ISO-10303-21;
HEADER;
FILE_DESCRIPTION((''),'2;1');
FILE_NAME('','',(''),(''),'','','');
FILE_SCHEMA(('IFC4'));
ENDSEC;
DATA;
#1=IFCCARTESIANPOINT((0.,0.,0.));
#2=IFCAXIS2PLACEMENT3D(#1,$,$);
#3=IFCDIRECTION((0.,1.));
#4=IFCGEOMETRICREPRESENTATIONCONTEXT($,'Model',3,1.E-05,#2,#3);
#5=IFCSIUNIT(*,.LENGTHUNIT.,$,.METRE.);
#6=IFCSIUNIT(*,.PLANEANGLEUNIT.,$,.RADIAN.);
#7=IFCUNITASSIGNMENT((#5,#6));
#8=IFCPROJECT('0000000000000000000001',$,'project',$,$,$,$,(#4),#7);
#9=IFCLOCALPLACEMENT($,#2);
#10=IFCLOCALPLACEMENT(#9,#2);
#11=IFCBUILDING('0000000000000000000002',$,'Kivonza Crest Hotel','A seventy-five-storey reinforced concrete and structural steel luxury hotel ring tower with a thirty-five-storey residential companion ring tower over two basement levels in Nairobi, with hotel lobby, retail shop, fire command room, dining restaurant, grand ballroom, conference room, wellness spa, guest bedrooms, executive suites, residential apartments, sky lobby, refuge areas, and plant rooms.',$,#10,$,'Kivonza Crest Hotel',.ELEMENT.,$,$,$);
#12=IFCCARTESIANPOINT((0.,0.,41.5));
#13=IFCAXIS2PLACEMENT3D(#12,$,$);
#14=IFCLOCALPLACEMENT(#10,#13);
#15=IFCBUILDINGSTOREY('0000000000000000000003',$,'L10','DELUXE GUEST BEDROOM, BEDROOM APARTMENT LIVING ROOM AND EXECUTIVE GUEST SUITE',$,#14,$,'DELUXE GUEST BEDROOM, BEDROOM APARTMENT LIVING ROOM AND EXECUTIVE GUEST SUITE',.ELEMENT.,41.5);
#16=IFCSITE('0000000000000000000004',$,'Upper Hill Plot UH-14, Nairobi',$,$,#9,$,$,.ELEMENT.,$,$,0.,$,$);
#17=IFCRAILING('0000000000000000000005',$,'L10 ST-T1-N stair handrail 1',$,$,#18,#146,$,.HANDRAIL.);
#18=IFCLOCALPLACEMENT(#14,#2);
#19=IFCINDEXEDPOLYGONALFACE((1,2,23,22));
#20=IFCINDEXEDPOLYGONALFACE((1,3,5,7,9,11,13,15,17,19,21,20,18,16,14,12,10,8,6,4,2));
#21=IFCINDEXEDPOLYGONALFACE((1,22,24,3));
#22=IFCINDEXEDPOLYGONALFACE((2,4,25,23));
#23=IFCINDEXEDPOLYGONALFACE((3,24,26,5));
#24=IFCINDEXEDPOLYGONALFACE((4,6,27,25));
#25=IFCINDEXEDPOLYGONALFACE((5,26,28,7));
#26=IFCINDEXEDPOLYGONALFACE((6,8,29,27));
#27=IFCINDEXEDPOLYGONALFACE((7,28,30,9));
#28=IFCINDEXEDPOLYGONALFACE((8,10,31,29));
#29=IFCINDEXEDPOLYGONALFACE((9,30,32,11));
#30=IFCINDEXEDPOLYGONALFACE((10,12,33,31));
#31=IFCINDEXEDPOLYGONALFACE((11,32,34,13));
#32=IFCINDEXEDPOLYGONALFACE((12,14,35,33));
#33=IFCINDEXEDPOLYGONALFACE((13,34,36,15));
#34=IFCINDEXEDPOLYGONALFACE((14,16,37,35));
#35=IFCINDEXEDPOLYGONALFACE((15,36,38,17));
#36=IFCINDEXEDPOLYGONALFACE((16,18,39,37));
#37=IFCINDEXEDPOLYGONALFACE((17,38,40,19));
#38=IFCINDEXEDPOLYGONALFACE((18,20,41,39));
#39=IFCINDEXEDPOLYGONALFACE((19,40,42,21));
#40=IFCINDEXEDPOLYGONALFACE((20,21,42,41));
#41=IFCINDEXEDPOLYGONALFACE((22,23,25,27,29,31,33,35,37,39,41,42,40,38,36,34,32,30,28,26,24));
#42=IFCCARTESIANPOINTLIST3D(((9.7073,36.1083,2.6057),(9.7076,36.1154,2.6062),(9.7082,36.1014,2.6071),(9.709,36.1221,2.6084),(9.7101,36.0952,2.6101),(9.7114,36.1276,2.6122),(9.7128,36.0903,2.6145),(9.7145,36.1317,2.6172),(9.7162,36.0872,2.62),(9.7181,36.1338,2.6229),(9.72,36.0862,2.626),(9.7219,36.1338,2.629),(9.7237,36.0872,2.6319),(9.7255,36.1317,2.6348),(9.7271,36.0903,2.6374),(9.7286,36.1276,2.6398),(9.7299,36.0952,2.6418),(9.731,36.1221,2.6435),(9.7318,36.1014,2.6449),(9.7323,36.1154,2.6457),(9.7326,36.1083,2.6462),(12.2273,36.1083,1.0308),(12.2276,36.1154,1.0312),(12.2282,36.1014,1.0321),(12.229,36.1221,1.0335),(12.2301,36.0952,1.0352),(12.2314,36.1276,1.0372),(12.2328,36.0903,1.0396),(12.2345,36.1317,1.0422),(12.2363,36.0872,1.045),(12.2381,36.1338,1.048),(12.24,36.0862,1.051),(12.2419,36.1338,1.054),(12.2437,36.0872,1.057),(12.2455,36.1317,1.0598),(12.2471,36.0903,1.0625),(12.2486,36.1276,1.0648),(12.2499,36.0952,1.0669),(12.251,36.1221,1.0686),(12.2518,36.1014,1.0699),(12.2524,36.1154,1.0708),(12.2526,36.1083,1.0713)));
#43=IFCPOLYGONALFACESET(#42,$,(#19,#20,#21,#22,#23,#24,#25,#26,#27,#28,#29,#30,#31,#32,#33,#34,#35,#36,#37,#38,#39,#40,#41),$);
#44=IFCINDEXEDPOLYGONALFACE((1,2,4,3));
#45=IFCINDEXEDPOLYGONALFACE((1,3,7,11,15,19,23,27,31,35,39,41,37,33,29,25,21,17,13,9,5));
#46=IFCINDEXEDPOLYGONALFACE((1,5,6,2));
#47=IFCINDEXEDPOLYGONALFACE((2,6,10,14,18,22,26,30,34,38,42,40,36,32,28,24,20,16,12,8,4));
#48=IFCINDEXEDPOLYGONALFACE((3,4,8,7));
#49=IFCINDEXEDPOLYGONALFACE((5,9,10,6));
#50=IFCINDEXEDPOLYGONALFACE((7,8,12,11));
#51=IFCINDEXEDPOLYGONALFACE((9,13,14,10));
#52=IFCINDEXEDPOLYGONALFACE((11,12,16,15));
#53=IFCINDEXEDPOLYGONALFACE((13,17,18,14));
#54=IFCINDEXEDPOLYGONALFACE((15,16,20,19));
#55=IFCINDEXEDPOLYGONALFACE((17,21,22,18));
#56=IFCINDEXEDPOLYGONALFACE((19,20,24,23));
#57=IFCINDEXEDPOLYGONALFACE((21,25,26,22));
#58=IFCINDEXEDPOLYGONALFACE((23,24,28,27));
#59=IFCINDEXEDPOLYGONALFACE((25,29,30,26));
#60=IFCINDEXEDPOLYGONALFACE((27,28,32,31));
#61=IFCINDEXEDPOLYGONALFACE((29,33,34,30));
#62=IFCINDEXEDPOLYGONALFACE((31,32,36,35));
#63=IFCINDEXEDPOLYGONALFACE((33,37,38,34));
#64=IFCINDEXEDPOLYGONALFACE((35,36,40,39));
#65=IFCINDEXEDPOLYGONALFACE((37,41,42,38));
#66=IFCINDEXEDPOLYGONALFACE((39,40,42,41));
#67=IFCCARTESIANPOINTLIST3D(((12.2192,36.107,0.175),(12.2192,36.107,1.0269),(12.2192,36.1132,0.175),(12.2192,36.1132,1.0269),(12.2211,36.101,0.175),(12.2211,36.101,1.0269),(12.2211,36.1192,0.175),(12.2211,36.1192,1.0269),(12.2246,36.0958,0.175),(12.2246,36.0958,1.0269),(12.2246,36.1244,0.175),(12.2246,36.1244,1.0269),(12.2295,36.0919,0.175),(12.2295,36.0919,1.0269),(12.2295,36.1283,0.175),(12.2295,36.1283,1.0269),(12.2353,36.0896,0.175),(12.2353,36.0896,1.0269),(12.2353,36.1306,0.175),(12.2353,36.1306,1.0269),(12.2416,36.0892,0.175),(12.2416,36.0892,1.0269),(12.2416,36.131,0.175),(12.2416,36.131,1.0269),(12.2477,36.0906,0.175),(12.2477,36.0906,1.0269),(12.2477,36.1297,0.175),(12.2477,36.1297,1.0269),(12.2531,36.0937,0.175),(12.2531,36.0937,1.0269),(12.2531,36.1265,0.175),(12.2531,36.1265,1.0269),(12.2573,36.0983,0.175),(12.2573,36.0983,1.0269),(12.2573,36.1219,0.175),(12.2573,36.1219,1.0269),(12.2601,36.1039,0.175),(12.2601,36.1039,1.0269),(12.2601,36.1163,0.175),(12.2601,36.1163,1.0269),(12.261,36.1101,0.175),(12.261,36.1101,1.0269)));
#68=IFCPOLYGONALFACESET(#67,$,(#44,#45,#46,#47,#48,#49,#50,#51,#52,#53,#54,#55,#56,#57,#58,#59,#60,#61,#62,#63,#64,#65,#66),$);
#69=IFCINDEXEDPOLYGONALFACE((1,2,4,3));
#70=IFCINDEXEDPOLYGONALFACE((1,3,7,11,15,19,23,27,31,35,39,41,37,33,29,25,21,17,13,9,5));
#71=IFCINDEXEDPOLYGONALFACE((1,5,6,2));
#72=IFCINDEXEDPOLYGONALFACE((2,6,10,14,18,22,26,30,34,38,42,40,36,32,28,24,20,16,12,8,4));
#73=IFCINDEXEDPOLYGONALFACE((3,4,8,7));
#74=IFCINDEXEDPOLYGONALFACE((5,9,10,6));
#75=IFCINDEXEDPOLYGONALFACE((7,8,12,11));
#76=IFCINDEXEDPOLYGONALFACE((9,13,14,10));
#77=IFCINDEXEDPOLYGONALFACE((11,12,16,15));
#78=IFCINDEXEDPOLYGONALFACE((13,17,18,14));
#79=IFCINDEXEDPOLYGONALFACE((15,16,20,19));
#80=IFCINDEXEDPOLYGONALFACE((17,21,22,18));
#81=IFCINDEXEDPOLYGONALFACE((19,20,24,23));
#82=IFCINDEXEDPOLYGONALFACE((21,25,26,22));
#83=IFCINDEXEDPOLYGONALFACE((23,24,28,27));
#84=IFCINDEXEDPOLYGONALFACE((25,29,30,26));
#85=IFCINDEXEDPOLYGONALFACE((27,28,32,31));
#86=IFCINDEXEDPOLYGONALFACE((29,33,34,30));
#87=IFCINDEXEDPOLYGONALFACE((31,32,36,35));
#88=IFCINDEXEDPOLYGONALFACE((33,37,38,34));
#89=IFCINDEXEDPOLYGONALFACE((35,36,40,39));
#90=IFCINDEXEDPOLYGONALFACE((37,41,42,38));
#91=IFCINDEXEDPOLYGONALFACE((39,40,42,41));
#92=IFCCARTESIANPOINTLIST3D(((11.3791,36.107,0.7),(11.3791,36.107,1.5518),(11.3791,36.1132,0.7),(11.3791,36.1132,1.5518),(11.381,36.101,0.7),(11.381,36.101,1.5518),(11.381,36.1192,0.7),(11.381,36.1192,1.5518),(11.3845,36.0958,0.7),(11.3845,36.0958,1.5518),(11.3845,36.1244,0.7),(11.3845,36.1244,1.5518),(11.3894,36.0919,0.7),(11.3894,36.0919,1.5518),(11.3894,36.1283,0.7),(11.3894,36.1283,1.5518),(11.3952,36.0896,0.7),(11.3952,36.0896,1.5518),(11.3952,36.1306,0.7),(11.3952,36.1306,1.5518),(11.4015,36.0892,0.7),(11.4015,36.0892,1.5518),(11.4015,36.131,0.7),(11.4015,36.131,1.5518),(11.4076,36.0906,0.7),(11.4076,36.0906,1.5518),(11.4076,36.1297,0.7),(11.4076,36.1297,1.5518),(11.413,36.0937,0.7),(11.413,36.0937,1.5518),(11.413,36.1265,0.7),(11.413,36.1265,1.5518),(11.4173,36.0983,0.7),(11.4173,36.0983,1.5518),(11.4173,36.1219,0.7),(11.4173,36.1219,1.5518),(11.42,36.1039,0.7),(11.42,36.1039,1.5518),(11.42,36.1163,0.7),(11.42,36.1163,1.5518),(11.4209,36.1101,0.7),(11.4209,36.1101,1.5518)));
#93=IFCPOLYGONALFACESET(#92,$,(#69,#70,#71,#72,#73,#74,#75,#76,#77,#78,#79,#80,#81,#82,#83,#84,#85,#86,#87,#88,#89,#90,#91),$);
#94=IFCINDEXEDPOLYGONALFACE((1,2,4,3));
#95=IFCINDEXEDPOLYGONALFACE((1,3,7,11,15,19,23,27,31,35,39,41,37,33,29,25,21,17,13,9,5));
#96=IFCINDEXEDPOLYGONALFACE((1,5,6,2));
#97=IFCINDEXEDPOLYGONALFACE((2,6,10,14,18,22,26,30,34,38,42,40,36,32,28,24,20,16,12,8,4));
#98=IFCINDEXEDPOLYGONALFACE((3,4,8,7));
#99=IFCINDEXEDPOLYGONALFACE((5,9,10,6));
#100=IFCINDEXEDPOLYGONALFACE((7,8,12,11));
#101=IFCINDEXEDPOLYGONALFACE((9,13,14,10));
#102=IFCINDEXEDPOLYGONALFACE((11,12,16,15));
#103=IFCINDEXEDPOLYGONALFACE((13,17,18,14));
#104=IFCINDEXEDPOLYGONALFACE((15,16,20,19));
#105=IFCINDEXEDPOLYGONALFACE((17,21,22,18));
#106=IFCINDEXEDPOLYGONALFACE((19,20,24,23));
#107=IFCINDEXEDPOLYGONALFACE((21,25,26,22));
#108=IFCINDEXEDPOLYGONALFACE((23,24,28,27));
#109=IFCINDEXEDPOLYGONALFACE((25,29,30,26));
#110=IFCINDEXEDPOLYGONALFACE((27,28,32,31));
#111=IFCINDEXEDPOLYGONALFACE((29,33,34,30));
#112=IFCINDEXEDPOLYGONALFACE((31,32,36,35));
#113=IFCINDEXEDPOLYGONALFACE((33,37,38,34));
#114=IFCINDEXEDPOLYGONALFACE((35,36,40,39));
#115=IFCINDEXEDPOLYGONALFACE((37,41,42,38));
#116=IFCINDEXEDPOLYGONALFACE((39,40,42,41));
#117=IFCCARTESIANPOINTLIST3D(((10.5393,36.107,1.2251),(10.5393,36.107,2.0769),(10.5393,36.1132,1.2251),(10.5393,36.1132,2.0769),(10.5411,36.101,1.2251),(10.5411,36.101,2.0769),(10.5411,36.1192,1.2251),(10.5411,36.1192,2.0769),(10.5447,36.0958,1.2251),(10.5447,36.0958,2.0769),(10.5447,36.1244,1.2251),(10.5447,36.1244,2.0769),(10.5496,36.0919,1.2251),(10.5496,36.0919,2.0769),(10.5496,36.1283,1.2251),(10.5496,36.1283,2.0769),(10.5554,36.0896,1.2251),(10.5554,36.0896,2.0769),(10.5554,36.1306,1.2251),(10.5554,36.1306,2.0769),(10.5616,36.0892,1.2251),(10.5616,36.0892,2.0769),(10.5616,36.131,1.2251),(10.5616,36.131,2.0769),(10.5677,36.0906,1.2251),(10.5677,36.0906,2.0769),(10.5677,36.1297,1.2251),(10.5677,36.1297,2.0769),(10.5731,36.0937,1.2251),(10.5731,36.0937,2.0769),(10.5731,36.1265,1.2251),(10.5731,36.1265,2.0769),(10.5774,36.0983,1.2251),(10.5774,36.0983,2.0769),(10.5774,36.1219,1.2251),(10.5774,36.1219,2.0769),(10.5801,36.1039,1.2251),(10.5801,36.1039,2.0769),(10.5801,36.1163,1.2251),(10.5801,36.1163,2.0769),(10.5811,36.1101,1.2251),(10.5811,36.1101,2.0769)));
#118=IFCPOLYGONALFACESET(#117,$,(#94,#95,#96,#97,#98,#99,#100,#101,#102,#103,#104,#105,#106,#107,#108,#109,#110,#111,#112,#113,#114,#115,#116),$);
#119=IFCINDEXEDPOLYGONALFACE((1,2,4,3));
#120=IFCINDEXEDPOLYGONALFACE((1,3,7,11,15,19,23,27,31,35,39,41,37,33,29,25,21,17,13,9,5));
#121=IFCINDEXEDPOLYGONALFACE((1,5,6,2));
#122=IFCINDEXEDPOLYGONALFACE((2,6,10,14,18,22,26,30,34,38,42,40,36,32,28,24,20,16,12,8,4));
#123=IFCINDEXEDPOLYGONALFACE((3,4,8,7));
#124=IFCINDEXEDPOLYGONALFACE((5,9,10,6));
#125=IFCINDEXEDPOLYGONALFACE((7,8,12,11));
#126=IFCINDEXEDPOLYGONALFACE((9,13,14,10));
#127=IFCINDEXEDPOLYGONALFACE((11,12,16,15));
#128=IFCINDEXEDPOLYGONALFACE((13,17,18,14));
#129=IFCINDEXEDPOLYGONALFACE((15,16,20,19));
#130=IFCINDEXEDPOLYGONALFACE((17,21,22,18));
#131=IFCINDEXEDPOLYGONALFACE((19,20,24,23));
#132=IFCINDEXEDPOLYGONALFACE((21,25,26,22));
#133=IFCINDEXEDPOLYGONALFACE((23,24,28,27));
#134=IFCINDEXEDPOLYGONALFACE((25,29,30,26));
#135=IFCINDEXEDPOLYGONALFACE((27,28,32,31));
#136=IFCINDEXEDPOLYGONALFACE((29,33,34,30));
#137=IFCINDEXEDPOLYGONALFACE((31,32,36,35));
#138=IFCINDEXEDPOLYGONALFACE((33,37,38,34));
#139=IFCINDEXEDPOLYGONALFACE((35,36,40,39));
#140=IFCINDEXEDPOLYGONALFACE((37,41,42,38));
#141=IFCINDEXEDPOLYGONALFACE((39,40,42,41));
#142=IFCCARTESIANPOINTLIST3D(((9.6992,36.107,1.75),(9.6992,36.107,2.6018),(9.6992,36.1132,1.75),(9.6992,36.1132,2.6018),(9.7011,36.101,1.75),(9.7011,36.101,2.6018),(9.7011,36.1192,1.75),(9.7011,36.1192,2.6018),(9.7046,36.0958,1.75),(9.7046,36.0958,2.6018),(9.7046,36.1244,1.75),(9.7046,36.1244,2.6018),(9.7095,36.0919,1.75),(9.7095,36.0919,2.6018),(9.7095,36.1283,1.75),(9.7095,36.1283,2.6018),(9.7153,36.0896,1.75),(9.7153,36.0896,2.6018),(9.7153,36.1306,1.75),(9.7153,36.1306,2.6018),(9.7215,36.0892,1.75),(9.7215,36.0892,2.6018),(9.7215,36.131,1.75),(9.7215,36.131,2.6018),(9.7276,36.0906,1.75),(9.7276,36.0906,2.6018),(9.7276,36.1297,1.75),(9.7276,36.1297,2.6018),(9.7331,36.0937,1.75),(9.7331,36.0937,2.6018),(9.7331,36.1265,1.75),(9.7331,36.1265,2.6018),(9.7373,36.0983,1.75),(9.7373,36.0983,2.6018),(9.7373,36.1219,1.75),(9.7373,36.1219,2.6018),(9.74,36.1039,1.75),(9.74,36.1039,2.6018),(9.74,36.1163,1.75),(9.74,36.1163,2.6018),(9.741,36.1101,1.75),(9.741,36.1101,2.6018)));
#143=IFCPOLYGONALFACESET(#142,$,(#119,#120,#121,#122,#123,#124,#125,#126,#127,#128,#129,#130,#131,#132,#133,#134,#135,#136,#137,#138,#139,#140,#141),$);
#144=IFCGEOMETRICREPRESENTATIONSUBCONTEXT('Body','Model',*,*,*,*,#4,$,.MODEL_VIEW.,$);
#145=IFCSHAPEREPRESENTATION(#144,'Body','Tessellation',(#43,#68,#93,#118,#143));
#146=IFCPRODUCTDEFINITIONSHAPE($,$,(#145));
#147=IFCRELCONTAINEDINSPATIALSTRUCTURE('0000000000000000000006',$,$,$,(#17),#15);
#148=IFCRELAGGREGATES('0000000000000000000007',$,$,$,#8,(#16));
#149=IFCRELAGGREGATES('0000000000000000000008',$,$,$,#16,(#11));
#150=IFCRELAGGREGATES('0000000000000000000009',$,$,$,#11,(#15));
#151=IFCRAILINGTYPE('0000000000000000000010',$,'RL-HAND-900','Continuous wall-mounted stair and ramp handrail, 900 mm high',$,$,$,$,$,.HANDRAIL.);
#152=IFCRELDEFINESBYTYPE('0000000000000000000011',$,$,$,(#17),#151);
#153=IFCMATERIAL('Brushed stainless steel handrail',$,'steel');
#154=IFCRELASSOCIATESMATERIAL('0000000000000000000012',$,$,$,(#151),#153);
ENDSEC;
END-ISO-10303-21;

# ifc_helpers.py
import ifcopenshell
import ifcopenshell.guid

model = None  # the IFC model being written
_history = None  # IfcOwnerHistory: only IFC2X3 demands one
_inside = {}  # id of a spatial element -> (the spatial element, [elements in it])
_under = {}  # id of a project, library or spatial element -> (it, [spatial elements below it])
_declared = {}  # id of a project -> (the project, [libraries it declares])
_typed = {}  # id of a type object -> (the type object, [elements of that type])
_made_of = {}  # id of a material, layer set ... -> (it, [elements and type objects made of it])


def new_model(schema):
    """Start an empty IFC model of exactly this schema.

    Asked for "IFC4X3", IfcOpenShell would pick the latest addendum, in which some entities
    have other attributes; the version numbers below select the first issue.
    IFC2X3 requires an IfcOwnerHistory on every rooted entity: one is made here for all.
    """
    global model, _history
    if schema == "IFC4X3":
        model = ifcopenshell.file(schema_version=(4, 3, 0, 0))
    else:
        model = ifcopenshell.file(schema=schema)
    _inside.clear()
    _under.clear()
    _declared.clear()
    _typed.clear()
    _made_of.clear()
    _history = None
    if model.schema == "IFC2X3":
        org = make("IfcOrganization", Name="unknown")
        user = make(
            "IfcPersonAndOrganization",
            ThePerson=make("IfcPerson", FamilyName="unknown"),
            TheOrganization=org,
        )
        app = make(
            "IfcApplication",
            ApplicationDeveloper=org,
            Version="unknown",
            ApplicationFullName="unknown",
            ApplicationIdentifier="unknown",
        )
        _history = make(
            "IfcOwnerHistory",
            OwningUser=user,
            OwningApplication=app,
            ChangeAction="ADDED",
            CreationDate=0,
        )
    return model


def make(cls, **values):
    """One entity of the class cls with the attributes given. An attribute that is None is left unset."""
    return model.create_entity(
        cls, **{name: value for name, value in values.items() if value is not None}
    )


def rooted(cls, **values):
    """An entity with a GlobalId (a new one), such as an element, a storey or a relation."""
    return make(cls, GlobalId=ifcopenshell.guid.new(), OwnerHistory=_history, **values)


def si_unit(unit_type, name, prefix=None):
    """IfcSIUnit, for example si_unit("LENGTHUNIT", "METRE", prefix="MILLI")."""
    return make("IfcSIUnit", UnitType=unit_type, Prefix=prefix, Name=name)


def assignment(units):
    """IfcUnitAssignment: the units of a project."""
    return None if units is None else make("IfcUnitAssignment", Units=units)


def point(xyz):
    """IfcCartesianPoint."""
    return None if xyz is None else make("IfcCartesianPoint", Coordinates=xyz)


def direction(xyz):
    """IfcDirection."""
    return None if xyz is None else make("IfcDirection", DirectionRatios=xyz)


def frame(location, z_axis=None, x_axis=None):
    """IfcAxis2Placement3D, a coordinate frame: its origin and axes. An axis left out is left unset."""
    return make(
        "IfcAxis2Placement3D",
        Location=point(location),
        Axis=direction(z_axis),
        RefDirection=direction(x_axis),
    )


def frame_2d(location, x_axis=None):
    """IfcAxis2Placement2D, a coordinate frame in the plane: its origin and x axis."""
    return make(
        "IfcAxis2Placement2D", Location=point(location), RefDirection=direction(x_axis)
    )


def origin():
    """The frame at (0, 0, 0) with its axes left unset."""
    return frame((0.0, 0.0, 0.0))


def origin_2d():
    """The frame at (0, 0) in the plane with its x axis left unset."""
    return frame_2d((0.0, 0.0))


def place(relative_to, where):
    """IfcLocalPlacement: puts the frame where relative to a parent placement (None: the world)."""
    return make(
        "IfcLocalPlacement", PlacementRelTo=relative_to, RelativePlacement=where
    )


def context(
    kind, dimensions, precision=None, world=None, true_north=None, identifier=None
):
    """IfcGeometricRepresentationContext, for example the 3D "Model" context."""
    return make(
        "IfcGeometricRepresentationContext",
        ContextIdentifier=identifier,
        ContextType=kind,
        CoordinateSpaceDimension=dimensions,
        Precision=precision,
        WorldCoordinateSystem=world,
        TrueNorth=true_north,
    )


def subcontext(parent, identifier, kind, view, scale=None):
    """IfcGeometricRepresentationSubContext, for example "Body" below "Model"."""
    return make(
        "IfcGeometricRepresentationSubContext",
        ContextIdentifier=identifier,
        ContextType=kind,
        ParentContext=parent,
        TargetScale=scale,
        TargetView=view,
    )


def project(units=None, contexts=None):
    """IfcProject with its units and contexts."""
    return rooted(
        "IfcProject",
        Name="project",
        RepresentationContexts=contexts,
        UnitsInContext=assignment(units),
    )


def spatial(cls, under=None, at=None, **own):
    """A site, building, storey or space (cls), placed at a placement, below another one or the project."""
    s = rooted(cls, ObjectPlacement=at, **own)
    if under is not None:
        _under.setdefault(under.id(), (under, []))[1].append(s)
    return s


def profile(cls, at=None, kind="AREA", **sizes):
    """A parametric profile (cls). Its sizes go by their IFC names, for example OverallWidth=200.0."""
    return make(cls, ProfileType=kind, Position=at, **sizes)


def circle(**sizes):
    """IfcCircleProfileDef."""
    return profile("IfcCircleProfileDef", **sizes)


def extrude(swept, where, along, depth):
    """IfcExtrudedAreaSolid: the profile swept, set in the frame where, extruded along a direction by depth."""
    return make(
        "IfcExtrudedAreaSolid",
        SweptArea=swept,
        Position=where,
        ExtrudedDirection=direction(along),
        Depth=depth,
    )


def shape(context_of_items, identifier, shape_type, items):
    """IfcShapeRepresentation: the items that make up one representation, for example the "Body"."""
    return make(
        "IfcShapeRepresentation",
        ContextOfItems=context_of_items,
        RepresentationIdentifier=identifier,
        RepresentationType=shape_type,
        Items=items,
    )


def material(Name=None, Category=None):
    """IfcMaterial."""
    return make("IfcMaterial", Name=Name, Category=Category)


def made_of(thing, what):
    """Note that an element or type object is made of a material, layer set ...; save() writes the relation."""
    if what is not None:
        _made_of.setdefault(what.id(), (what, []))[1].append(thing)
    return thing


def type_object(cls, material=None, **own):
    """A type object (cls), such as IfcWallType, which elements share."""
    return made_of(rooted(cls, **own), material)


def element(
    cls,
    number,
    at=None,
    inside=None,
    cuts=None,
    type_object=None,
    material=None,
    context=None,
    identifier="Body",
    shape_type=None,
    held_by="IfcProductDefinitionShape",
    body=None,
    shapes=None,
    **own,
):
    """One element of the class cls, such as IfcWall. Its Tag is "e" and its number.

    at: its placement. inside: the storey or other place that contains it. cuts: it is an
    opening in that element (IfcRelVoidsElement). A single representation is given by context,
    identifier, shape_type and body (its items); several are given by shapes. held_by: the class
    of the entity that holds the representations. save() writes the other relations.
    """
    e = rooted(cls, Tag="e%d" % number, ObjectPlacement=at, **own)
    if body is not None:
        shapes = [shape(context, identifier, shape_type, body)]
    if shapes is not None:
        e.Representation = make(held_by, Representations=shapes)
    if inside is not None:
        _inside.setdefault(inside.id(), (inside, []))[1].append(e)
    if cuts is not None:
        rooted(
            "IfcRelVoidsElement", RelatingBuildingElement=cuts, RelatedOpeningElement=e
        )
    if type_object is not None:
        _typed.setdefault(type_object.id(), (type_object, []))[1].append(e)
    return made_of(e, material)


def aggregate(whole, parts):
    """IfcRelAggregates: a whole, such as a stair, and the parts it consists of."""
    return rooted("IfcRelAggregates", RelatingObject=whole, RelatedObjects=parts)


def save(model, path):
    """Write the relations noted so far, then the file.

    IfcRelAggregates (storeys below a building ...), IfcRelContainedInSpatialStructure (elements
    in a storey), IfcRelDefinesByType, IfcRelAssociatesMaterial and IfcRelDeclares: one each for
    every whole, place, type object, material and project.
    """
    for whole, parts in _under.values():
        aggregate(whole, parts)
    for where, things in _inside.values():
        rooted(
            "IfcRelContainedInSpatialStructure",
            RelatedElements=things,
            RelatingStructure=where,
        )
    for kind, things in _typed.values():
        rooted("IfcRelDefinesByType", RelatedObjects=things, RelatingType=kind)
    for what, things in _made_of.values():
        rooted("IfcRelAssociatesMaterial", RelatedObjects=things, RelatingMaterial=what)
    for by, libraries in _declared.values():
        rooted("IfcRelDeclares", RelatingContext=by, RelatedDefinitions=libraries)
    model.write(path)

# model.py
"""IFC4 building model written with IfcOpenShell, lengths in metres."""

from ifc_helpers import new_model, si_unit, direction, frame, origin, origin_2d, place, context, subcontext, project, spatial, circle, extrude, material, type_object, element, save


model = new_model("IFC4")

# Units and contexts
model_context = context("Model", 3, precision=1e-05, world=origin(), true_north=direction((0.0, 1.0)))
body_context = subcontext(model_context, "Body", "Model", "MODEL_VIEW")
ifc_project = project(units=[si_unit("LENGTHUNIT", "METRE"), si_unit("PLANEANGLEUNIT", "RADIAN")], contexts=[model_context])

# Site, building, storey
site_placement = place(None, origin())
site = spatial("IfcSite", under=ifc_project, at=site_placement, Name="Upper Hill Plot UH-14, Nairobi", CompositionType="ELEMENT", RefElevation=0.0)
building_placement = place(site_placement, origin())
building = spatial("IfcBuilding", under=site, at=building_placement, Name="Kivonza Crest Hotel", Description="A seventy-five-storey reinforced concrete and structural steel luxury hotel ring tower with a thirty-five-storey residential companion ring tower over two basement levels in Nairobi, with hotel lobby, retail shop, fire command room, dining restaurant, grand ballroom, conference room, wellness spa, guest bedrooms, executive suites, residential apartments, sky lobby, refuge areas, and plant rooms.", LongName="Kivonza Crest Hotel", CompositionType="ELEMENT")
storey_placement = place(building_placement, frame((0.0, 0.0, 41.5)))
storey = spatial("IfcBuildingStorey", under=building, at=storey_placement, Name="L10", Description="DELUXE GUEST BEDROOM, BEDROOM APARTMENT LIVING ROOM AND EXECUTIVE GUEST SUITE", LongName="DELUXE GUEST BEDROOM, BEDROOM APARTMENT LIVING ROOM AND EXECUTIVE GUEST SUITE", CompositionType="ELEMENT", Elevation=41.5)

# Railing
ifc_material_1 = material(Name="Brushed stainless steel handrail", Category="steel")
railing_type_1 = type_object("IfcRailingType", Name="RL-HAND-900", Description="Continuous wall-mounted stair and ramp handrail, 900 mm high", PredefinedType="HANDRAIL", material=ifc_material_1)
railing_1_placement = place(storey_placement, frame((12.24, 36.1101, 0.175)))
element("IfcRailing", 1, at=railing_1_placement, inside=storey, type_object=railing_type_1, Name="L10 ST-T1-N stair handrail 1", PredefinedType="HANDRAIL", context=body_context, shape_type="SweptSolid", body=[
    extrude(circle(Radius=0.0239, at=origin_2d()), frame((0.0, 0.0, 0.876), z_axis=(-0.848008, 0.0, 0.529984), x_axis=(0.0, -1.0, 0.0)), (0.0, 0.0, 1.0), 2.9717),
    extrude(circle(Radius=0.021, at=origin_2d()), origin(), (0.0, 0.0, 1.0), 0.8518),
    extrude(circle(Radius=0.021, at=origin_2d()), frame((-0.8401, 0.0, 0.5249)), (0.0, 0.0, 1.0), 0.8518),
    extrude(circle(Radius=0.021, at=origin_2d()), frame((-1.6799, 0.0, 1.05)), (0.0, 0.0, 1.0), 0.8518),
    extrude(circle(Radius=0.021, at=origin_2d()), frame((-2.52, 0.0, 1.575)), (0.0, 0.0, 1.0), 0.8518),
])

save(model, "model.ifc")
